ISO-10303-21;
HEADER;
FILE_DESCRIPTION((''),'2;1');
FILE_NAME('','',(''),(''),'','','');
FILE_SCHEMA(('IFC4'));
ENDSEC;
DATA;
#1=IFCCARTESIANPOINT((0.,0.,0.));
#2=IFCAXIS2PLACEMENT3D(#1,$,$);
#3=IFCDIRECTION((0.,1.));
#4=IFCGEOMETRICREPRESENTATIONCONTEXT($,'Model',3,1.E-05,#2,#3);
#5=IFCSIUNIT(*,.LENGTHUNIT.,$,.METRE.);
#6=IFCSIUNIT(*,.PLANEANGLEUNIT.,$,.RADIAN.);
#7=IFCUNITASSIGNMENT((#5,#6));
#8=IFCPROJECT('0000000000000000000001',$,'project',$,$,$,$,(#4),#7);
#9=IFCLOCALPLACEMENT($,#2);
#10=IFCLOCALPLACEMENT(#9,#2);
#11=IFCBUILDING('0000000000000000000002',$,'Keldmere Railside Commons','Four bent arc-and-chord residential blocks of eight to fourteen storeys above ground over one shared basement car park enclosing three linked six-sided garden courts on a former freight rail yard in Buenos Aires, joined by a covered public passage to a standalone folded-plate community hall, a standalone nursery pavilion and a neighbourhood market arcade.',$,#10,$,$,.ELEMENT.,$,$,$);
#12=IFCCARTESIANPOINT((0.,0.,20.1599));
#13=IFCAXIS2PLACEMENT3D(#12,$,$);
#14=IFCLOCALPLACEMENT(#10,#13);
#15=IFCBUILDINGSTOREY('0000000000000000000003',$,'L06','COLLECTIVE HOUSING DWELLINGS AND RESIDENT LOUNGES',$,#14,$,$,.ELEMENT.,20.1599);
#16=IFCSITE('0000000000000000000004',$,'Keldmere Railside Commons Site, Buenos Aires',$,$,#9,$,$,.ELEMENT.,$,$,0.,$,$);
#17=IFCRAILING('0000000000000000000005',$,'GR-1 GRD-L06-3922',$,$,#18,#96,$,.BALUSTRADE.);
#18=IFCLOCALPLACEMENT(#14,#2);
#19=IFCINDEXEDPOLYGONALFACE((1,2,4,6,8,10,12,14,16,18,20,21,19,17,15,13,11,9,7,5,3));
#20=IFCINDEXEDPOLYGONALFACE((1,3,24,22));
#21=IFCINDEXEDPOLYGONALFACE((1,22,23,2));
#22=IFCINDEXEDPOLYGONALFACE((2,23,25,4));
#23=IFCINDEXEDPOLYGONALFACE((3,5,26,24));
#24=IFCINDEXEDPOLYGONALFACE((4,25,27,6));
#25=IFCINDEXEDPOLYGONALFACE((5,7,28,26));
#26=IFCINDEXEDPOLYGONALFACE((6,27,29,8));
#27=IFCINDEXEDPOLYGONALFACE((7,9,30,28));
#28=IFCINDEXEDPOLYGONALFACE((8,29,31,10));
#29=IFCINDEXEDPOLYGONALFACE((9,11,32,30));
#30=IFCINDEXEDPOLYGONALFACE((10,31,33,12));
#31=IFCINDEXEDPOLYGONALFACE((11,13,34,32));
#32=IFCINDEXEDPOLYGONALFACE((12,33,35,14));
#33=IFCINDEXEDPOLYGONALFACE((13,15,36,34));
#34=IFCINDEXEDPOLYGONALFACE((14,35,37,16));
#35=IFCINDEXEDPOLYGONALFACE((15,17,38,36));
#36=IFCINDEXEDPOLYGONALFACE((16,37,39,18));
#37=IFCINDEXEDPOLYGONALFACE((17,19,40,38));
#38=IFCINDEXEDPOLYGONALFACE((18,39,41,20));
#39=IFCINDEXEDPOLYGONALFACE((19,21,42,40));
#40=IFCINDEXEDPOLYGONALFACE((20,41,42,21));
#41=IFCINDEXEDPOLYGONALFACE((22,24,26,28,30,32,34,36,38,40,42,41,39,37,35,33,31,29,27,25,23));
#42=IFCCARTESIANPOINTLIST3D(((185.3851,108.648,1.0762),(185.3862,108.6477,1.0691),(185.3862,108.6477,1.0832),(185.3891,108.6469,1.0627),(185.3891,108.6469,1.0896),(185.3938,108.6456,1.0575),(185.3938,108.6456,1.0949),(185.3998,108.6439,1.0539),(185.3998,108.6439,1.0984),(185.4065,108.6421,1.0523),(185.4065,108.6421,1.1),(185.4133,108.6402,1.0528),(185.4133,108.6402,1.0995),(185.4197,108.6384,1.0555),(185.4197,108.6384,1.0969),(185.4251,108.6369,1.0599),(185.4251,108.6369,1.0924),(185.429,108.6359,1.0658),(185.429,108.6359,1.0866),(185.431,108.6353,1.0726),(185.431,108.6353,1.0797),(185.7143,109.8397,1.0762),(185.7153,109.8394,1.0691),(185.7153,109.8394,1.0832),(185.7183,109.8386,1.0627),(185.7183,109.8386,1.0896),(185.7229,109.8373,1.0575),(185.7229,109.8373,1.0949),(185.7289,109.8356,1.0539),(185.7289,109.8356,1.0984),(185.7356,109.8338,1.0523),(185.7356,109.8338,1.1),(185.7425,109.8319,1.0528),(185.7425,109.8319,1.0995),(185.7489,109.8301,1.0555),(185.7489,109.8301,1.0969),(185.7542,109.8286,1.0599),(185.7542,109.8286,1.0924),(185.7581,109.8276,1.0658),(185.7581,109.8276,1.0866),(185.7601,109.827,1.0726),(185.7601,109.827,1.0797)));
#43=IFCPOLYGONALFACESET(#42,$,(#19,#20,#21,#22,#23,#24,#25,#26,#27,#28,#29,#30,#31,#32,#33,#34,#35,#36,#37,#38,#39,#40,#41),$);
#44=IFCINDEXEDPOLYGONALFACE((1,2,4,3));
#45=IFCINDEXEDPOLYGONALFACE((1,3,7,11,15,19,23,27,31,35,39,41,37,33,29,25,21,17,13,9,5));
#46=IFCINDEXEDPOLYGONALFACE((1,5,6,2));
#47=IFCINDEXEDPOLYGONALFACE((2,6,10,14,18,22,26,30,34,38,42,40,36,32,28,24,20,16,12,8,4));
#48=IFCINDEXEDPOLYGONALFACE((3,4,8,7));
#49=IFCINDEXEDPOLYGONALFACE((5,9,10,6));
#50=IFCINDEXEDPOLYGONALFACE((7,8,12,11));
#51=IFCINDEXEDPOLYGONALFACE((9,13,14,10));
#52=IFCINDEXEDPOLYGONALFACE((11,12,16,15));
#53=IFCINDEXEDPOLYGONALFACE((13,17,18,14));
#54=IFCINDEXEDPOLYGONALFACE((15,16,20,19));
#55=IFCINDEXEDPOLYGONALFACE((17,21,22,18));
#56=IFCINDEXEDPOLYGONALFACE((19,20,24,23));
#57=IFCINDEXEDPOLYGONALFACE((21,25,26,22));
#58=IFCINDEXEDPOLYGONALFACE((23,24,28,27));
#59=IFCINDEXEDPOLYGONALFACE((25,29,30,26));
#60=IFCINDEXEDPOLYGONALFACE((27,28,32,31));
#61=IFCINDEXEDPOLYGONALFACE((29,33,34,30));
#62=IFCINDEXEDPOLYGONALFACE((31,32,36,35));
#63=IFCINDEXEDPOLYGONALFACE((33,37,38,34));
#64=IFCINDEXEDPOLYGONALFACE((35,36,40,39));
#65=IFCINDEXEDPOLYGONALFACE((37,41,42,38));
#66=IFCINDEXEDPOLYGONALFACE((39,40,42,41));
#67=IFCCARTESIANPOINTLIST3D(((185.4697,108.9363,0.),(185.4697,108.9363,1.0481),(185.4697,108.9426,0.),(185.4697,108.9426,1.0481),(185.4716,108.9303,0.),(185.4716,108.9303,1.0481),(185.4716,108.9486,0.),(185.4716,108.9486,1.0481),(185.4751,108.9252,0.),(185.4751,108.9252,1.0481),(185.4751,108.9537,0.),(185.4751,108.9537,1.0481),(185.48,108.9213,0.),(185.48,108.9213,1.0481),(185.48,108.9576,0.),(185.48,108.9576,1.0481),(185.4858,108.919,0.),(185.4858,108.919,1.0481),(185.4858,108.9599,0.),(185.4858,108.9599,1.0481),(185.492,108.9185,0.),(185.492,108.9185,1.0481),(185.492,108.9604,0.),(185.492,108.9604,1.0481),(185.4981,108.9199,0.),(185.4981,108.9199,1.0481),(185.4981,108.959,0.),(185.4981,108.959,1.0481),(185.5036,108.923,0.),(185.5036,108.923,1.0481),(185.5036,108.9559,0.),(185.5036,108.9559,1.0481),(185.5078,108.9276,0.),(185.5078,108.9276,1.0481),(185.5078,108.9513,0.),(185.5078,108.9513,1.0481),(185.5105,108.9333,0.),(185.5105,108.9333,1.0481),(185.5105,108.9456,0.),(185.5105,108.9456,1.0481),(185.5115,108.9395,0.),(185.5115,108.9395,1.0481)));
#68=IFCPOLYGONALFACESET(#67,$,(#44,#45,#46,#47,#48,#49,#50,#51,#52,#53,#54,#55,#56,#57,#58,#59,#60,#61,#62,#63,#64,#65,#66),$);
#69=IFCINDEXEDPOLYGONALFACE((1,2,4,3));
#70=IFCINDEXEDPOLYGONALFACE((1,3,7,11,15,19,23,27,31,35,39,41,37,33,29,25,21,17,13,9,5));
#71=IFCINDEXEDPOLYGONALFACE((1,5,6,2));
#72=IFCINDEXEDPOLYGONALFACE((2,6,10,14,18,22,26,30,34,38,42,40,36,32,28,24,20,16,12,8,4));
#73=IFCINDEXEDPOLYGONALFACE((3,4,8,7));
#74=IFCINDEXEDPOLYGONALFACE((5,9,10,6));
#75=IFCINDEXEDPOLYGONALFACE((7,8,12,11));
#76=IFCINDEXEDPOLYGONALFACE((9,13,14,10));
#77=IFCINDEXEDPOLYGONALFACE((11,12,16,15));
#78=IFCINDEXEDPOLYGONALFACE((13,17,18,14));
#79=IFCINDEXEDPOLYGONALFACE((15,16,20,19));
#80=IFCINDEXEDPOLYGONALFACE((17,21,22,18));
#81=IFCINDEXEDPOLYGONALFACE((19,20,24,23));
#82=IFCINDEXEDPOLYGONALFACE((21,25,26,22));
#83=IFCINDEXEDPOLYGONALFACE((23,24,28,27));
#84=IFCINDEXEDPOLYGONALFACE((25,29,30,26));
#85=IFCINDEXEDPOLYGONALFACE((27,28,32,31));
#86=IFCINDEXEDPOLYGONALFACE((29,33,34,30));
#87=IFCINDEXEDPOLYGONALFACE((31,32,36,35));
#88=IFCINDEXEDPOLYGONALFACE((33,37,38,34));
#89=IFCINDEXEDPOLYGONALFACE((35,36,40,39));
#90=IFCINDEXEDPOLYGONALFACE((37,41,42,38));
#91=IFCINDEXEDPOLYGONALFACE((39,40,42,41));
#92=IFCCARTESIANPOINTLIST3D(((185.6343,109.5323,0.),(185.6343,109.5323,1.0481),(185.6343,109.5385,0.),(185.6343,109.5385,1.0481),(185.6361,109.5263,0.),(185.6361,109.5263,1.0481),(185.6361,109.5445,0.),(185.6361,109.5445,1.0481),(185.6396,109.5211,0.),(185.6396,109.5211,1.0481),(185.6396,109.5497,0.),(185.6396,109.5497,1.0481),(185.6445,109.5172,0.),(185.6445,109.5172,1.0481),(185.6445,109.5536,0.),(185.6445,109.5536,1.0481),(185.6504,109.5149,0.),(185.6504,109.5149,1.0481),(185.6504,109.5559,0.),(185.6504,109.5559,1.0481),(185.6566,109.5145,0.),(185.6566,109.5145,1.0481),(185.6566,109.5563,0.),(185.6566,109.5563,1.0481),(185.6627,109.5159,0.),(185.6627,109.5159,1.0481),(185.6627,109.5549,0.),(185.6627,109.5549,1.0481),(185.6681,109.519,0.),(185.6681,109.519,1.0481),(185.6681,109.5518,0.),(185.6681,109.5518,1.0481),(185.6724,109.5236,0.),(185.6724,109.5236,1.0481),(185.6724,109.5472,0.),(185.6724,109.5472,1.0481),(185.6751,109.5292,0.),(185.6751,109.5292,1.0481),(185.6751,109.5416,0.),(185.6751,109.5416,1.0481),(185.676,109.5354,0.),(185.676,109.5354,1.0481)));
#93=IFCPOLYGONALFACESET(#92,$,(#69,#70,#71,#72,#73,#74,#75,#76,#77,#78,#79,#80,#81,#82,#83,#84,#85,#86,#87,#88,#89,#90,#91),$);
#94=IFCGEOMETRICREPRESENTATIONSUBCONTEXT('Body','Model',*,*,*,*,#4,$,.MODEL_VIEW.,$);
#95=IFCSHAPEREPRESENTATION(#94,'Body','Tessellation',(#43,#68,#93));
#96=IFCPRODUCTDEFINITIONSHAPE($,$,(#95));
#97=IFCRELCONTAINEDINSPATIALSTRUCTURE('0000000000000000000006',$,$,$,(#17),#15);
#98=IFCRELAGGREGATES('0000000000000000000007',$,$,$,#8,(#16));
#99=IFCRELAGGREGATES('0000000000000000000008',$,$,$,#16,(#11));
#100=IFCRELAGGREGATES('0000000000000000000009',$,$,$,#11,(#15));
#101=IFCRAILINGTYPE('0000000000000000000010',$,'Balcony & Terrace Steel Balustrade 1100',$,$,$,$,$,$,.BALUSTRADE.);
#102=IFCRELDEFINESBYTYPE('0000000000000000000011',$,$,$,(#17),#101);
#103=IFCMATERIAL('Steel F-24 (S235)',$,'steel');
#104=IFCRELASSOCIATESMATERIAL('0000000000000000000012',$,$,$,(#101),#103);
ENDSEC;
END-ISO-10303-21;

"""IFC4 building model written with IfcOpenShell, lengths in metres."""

from ifc_helpers import new_model, si_unit, direction, frame, origin, origin_2d, place, context, subcontext, project, spatial, circle, extrude, material, type_object, element, save


model = new_model("IFC4")

# Units and contexts
model_context = context("Model", 3, precision=1e-05, world=origin(), true_north=direction((0.0, 1.0)))
body_context = subcontext(model_context, "Body", "Model", "MODEL_VIEW")
ifc_project = project(units=[si_unit("LENGTHUNIT", "METRE"), si_unit("PLANEANGLEUNIT", "RADIAN")], contexts=[model_context])

# Site, building, storey
site_placement = place(None, origin())
site = spatial("IfcSite", under=ifc_project, at=site_placement, Name="Keldmere Railside Commons Site, Buenos Aires", CompositionType="ELEMENT", RefElevation=0.0)
building_placement = place(site_placement, origin())
building = spatial("IfcBuilding", under=site, at=building_placement, Name="Keldmere Railside Commons", Description="Four bent arc-and-chord residential blocks of eight to fourteen storeys above ground over one shared basement car park enclosing three linked six-sided garden courts on a former freight rail yard in Buenos Aires, joined by a covered public passage to a standalone folded-plate community hall, a standalone nursery pavilion and a neighbourhood market arcade.", CompositionType="ELEMENT")
storey_placement = place(building_placement, frame((0.0, 0.0, 20.1599)))
storey = spatial("IfcBuildingStorey", under=building, at=storey_placement, Name="L06", Description="COLLECTIVE HOUSING DWELLINGS AND RESIDENT LOUNGES", CompositionType="ELEMENT", Elevation=20.1599)

# Railing
ifc_material_1 = material(Name="Steel F-24 (S235)", Category="steel")
railing_type = type_object("IfcRailingType", Name="Balcony & Terrace Steel Balustrade 1100", PredefinedType="BALUSTRADE", material=ifc_material_1)
railing_1_placement = place(storey_placement, frame((185.4082, 108.6416, 0.0)))
element("IfcRailing", 1, at=railing_1_placement, inside=storey, type_object=railing_type, Name="GR-1 GRD-L06-3922", PredefinedType="BALUSTRADE", context=body_context, shape_type="SweptSolid", body=[
    extrude(circle(Radius=0.0239, at=origin_2d()), frame((0.0, 0.0, 1.0762), z_axis=(0.266207, 0.963916, 0.0), x_axis=(-0.963916, 0.266207, 0.0)), (0.0, 0.0, 1.0), 1.2363),
    extrude(circle(Radius=0.021, at=origin_2d()), frame((0.0823, 0.2979, 0.0)), (0.0, 0.0, 1.0), 1.0481),
    extrude(circle(Radius=0.021, at=origin_2d()), frame((0.2468, 0.8938, 0.0)), (0.0, 0.0, 1.0), 1.0481),
])

save(model, "model.ifc")
